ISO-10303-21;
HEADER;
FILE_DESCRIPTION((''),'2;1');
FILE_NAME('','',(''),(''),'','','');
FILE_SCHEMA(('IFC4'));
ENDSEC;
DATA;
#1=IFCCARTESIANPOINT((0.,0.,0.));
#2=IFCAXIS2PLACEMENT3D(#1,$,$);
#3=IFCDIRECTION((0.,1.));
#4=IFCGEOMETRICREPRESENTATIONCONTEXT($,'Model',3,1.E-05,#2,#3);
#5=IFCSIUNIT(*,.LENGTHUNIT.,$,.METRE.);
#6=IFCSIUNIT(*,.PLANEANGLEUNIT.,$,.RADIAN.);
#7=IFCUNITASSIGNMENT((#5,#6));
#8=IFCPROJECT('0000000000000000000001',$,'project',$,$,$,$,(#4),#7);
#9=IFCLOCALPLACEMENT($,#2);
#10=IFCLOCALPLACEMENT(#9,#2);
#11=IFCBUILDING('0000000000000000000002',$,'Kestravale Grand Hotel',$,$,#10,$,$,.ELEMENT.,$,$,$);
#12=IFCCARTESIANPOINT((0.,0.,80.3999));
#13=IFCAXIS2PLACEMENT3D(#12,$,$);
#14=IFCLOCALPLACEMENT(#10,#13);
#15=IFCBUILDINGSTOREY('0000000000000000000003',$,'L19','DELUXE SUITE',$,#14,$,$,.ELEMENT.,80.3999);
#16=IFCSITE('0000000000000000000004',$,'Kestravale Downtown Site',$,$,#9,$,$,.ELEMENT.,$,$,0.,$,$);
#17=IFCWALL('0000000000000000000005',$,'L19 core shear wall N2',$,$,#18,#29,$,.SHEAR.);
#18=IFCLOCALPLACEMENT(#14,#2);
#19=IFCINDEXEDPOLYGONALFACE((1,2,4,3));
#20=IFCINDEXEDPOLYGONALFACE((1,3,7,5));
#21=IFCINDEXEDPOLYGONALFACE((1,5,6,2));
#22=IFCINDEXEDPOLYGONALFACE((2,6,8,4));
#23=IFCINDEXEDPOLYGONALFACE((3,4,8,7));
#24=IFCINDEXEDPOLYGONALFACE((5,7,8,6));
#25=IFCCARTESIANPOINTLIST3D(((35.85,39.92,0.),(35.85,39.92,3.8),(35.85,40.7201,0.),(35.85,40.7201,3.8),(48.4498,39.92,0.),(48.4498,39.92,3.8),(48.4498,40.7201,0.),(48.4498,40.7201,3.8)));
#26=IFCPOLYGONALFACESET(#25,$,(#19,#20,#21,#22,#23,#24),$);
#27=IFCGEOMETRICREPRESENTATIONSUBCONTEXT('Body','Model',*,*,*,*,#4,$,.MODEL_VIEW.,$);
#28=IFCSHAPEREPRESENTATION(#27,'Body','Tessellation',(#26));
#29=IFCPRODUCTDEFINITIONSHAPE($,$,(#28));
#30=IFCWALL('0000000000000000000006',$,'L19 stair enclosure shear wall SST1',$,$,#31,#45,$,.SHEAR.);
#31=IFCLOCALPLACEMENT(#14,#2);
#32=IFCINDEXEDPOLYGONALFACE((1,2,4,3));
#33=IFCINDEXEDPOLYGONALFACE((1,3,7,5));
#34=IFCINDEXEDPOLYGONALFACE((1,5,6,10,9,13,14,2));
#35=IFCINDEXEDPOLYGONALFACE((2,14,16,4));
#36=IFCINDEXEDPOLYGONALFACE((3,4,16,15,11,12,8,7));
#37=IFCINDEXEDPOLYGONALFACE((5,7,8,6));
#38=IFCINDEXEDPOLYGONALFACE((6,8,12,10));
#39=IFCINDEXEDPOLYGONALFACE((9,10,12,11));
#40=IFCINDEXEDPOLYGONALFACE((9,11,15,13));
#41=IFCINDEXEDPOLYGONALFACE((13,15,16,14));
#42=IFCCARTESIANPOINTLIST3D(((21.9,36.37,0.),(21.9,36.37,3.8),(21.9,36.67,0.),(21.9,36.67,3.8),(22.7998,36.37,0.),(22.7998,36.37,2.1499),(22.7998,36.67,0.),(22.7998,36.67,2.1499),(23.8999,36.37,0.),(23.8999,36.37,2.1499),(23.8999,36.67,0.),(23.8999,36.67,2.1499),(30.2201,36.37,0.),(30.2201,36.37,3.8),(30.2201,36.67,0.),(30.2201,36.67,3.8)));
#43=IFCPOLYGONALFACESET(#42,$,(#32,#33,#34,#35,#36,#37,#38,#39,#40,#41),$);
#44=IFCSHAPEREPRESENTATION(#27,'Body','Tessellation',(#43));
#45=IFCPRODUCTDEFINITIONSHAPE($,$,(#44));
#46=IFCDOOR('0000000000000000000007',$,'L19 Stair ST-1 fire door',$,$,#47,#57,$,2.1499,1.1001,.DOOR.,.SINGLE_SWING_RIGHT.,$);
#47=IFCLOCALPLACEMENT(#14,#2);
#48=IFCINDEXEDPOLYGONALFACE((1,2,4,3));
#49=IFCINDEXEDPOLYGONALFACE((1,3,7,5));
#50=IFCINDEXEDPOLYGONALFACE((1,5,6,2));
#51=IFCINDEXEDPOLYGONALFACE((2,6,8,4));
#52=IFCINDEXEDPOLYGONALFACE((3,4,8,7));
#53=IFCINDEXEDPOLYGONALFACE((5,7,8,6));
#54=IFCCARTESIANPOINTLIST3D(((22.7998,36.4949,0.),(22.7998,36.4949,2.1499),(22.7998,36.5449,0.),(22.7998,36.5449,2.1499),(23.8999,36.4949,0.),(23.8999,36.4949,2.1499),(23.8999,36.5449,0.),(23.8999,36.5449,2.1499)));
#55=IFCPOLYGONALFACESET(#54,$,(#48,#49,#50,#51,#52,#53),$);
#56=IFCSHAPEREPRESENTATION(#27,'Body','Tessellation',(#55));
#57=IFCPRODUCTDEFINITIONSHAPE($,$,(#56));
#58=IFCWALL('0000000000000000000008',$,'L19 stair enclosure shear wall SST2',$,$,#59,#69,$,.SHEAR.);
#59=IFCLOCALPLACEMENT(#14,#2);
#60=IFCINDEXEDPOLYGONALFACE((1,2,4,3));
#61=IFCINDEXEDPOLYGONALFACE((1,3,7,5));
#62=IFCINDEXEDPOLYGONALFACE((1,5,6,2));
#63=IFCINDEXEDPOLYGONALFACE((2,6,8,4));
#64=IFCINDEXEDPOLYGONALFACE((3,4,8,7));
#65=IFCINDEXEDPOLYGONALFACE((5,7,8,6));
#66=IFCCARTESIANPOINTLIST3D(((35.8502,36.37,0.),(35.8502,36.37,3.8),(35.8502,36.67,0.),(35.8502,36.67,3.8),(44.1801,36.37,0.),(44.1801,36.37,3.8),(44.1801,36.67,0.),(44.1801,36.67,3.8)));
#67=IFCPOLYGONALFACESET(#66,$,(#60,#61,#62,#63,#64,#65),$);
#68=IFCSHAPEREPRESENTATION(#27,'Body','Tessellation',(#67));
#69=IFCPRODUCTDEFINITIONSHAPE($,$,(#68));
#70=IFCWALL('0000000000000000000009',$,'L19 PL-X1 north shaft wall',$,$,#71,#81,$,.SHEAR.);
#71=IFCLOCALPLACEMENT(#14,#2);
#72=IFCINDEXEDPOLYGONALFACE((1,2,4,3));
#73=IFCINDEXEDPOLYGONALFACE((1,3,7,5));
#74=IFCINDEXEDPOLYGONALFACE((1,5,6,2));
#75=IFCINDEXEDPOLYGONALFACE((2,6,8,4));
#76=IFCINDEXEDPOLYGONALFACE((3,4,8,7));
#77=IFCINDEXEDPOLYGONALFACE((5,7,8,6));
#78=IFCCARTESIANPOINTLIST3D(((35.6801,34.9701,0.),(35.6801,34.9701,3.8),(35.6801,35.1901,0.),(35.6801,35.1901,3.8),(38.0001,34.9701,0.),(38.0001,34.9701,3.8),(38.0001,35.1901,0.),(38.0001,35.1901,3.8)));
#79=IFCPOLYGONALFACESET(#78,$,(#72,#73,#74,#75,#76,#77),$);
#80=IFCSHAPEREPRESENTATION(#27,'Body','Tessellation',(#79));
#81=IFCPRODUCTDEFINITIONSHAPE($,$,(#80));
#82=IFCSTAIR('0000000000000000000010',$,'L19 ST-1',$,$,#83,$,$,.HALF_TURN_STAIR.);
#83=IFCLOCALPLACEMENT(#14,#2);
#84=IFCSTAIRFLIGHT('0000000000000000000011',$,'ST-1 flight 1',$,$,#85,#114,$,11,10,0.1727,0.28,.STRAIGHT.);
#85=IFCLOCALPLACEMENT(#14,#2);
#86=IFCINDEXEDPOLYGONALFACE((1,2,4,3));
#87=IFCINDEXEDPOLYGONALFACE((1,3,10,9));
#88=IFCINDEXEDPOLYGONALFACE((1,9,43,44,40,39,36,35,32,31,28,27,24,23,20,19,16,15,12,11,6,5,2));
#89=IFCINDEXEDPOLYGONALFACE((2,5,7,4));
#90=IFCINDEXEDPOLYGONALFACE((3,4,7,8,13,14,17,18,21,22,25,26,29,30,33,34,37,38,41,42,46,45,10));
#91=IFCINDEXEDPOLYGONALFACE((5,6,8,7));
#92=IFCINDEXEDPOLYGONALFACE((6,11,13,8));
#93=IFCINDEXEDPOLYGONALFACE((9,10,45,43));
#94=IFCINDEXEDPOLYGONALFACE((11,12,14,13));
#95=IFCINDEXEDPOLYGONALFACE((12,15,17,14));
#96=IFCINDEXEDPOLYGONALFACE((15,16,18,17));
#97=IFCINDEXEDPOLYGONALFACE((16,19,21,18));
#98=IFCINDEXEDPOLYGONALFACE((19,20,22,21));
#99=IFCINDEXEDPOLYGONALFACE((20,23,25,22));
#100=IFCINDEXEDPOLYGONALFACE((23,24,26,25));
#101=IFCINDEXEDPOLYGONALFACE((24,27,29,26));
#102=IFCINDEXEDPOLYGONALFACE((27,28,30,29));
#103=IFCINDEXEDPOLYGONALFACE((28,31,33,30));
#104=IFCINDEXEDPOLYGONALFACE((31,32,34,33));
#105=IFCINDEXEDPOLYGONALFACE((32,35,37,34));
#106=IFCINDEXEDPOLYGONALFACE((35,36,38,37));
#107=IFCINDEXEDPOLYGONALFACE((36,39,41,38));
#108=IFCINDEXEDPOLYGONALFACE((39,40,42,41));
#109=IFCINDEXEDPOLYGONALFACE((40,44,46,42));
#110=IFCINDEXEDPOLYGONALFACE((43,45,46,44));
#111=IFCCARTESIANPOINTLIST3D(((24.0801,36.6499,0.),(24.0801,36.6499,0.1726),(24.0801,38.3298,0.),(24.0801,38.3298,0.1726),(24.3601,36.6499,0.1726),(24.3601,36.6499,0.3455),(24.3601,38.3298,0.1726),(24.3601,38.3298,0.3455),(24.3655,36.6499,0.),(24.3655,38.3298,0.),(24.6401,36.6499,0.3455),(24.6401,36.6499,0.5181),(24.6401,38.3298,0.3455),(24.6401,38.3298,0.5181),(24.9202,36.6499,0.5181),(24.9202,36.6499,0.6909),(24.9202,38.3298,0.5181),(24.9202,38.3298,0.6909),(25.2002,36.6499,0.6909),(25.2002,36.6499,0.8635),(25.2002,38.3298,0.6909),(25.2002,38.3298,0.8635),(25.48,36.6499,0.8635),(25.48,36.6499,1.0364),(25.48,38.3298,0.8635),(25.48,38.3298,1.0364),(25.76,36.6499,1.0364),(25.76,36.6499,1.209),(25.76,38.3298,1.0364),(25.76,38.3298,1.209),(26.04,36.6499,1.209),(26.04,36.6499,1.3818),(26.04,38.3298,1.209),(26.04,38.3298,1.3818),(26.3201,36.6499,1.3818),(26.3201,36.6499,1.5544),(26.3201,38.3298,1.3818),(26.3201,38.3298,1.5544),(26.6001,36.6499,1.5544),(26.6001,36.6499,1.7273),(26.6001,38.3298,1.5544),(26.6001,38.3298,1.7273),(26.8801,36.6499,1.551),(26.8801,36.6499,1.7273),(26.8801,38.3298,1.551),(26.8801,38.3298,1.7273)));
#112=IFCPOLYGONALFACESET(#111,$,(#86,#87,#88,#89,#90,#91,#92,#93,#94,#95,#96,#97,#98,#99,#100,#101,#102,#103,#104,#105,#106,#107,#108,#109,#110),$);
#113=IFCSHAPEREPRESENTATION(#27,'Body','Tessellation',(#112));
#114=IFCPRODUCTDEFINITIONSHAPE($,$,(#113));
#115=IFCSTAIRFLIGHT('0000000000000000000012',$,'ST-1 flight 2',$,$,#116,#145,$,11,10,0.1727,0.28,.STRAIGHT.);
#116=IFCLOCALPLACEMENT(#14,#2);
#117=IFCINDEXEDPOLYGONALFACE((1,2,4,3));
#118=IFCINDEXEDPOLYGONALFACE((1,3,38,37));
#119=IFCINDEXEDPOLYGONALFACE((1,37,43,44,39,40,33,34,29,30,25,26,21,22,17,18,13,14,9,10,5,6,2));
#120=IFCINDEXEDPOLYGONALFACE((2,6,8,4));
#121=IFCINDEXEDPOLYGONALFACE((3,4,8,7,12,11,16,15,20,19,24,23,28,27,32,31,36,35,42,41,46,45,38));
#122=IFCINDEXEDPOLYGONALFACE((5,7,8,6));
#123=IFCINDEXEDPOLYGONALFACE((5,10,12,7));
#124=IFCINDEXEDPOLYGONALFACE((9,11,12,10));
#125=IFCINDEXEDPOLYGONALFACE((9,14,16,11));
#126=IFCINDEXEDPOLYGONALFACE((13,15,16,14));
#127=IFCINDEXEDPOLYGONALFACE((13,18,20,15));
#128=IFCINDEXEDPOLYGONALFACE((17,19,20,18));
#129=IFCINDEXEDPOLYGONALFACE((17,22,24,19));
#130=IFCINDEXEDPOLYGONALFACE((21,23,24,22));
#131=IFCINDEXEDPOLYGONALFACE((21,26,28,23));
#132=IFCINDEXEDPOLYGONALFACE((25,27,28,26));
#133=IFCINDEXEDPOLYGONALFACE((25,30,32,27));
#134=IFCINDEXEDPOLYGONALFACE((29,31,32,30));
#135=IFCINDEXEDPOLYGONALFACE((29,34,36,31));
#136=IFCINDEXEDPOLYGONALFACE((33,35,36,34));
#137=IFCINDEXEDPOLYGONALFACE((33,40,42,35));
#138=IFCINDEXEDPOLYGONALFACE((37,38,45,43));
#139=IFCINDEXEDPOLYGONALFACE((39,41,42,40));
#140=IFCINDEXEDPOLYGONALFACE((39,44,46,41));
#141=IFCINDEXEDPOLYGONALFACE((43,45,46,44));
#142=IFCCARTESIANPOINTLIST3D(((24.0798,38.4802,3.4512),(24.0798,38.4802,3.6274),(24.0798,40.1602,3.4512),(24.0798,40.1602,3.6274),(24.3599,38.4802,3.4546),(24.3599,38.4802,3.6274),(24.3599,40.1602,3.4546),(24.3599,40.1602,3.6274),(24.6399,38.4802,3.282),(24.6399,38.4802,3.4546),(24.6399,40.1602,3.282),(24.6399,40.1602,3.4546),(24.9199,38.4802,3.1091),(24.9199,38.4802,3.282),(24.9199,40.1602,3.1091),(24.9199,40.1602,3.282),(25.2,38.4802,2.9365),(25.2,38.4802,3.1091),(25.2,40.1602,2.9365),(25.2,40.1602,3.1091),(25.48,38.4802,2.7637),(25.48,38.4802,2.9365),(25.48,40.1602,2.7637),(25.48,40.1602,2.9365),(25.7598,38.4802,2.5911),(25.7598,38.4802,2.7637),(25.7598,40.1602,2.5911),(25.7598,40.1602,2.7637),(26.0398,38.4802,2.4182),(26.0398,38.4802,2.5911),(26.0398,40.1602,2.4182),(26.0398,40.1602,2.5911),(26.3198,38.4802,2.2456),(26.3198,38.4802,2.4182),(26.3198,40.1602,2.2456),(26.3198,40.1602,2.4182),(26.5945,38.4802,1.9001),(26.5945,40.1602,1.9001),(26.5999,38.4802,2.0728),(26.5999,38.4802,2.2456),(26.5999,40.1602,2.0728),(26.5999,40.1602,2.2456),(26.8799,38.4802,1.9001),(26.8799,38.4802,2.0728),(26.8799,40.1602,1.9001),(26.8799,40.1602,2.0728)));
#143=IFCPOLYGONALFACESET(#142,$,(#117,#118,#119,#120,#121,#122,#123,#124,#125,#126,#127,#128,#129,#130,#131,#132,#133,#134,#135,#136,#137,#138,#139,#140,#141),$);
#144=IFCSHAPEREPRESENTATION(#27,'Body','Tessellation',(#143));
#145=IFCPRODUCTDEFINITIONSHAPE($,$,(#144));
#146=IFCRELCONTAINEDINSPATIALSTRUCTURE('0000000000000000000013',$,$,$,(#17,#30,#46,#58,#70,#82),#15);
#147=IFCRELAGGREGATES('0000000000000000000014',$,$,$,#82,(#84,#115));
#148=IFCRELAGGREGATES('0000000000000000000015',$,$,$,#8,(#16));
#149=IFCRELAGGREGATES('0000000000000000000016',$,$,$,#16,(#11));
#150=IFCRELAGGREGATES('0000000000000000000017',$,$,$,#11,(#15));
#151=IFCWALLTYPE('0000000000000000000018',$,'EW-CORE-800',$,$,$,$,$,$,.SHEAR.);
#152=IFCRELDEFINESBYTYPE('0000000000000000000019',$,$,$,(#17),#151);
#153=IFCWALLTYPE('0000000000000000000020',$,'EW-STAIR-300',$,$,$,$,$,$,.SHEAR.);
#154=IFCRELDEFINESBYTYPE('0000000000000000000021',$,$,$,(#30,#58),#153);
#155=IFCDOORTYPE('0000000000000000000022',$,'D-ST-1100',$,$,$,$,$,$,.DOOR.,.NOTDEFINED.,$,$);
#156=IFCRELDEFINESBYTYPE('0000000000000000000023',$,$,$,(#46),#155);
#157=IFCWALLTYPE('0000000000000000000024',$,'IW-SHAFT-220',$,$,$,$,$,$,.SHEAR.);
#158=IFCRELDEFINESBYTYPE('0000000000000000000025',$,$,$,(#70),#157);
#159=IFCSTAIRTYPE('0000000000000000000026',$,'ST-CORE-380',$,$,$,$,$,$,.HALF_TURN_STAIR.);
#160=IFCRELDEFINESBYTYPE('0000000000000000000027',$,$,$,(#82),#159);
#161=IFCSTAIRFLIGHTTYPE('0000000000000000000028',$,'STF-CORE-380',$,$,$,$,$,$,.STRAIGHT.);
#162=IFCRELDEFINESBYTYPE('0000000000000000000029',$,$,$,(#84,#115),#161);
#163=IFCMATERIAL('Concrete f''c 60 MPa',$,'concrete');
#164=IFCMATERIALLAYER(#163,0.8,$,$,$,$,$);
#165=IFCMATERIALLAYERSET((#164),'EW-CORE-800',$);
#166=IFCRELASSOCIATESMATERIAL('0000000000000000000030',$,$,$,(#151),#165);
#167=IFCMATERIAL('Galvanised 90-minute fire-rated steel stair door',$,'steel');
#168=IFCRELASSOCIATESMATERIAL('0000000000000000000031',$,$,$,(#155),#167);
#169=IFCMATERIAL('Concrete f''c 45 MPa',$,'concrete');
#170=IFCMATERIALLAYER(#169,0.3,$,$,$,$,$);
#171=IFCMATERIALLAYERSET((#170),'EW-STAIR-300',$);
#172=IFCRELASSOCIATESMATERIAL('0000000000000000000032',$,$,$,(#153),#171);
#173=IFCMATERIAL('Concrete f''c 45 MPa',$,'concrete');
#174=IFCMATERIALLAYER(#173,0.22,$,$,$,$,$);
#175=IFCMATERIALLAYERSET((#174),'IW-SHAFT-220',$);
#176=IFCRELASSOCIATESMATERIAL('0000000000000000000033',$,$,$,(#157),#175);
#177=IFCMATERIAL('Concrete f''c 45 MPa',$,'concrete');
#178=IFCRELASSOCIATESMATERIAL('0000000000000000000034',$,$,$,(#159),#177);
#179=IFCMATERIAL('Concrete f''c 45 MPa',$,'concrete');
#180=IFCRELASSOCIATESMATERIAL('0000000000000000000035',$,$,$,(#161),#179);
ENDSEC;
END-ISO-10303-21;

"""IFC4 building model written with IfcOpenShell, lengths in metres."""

from ifc_helpers import new_model, si_unit, direction, frame, frame_2d, origin, place, context, subcontext, project, spatial, polyline, rectangle, outline, extrude, material, layer, layer_set, type_object, element, fill, aggregate, save


model = new_model("IFC4")

# Units and contexts
model_context = context("Model", 3, precision=1e-05, world=origin(), true_north=direction((0.0, 1.0)))
body_context = subcontext(model_context, "Body", "Model", "MODEL_VIEW")
ifc_project = project(units=[si_unit("LENGTHUNIT", "METRE"), si_unit("PLANEANGLEUNIT", "RADIAN")], contexts=[model_context])

# Site, building, storey
site_placement = place(None, origin())
site = spatial("IfcSite", under=ifc_project, at=site_placement, Name="Kestravale Downtown Site", CompositionType="ELEMENT", RefElevation=0.0)
building_placement = place(site_placement, origin())
building = spatial("IfcBuilding", under=site, at=building_placement, Name="Kestravale Grand Hotel", CompositionType="ELEMENT")
storey_placement = place(building_placement, frame((0.0, 0.0, 80.3999)))
storey = spatial("IfcBuildingStorey", under=building, at=storey_placement, Name="L19", Description="DELUXE SUITE", CompositionType="ELEMENT", Elevation=80.3999)

# Wall
ifc_material_1 = material(Name="Concrete f'c 60 MPa", Category="concrete")
ifc_layer_1 = layer(ifc_material_1, 0.8)
ifc_layer_set_1 = layer_set([ifc_layer_1], Name="EW-CORE-800")
wall_type_1 = type_object("IfcWallType", Name="EW-CORE-800", PredefinedType="SHEAR", material=ifc_layer_set_1)
wall_1_placement = place(storey_placement, frame((35.8501, 40.3201, 0.0), z_axis=(0.0, 0.0, 1.0), x_axis=(1.0, 0.0, 0.0)))
element("IfcWall", 1, at=wall_1_placement, inside=storey, type_object=wall_type_1, Name="L19 core shear wall N2", PredefinedType="SHEAR", context=body_context, shape_type="SweptSolid", body=[
    extrude(rectangle(XDim=12.5999, YDim=0.8, at=frame_2d((6.2998, 0.0))), origin(), (0.0, 0.0, 1.0), 3.8),
])

# Wall, opening, door
ifc_material_2 = material(Name="Galvanised 90-minute fire-rated steel stair door", Category="steel")
door_type_1 = type_object("IfcDoorType", Name="D-ST-1100", OperationType="NOTDEFINED", PredefinedType="DOOR", material=ifc_material_2)
ifc_material_3 = material(Name="Concrete f'c 45 MPa", Category="concrete")
ifc_layer_2 = layer(ifc_material_3, 0.3)
ifc_layer_set_2 = layer_set([ifc_layer_2], Name="EW-STAIR-300")
wall_type_2 = type_object("IfcWallType", Name="EW-STAIR-300", PredefinedType="SHEAR", material=ifc_layer_set_2)
wall_2_placement = place(storey_placement, frame((21.8999, 36.52, 0.0), z_axis=(0.0, 0.0, 1.0), x_axis=(1.0, 0.0, 0.0)))
wall_2 = element("IfcWall", 2, at=wall_2_placement, inside=storey, type_object=wall_type_2, Name="L19 stair enclosure shear wall SST1", PredefinedType="SHEAR", context=body_context, shape_type="SweptSolid", body=[
    extrude(rectangle(XDim=8.3201, YDim=0.3, at=frame_2d((4.1602, 0.0))), origin(), (0.0, 0.0, 1.0), 3.8),
])
opening_1_placement = place(wall_2_placement, frame((0.8999, 0.0, 0.0)))
opening_1 = element("IfcOpeningElement", 3, at=opening_1_placement, cuts=wall_2, PredefinedType="OPENING", context=body_context, shape_type="SweptSolid", body=[
    extrude(rectangle(XDim=1.1001, YDim=2.1499, at=frame_2d((0.55, 1.075))), frame((0.0, 0.1599, 0.0), z_axis=(0.0, -1.0, 0.0), x_axis=(1.0, 0.0, 0.0)), (0.0, 0.0, 1.0), 0.3201),
])
door_1_placement = place(opening_1_placement, origin())
door_1 = element("IfcDoor", 4, at=door_1_placement, inside=storey, type_object=door_type_1, Name="L19 Stair ST-1 fire door", OperationType="SINGLE_SWING_RIGHT", OverallHeight=2.1499, OverallWidth=1.1001, PredefinedType="DOOR", context=body_context, shape_type="SweptSolid", body=[
    extrude(rectangle(XDim=1.1001, YDim=2.1499, at=frame_2d((0.55, 1.075))), frame((0.0, 0.0249, 0.0), z_axis=(0.0, -1.0, 0.0), x_axis=(1.0, 0.0, 0.0)), (0.0, 0.0, 1.0), 0.05),
])
fill(opening_1, door_1)

# Wall
wall_3_placement = place(storey_placement, frame((35.8501, 36.52, 0.0), z_axis=(0.0, 0.0, 1.0), x_axis=(1.0, 0.0, 0.0)))
element("IfcWall", 5, at=wall_3_placement, inside=storey, type_object=wall_type_2, Name="L19 stair enclosure shear wall SST2", PredefinedType="SHEAR", context=body_context, shape_type="SweptSolid", body=[
    extrude(rectangle(XDim=8.3298, YDim=0.3, at=frame_2d((4.165, 0.0))), origin(), (0.0, 0.0, 1.0), 3.8),
])

# Wall
ifc_material_4 = material(Name="Concrete f'c 45 MPa", Category="concrete")
ifc_layer_3 = layer(ifc_material_4, 0.22)
ifc_layer_set_3 = layer_set([ifc_layer_3], Name="IW-SHAFT-220")
wall_type_3 = type_object("IfcWallType", Name="IW-SHAFT-220", PredefinedType="SHEAR", material=ifc_layer_set_3)
wall_4_placement = place(storey_placement, frame((35.6799, 35.0801, 0.0), z_axis=(0.0, 0.0, 1.0), x_axis=(1.0, 0.0, 0.0)))
element("IfcWall", 6, at=wall_4_placement, inside=storey, type_object=wall_type_3, Name="L19 PL-X1 north shaft wall", PredefinedType="SHEAR", context=body_context, shape_type="SweptSolid", body=[
    extrude(rectangle(XDim=2.3201, YDim=0.22, at=frame_2d((1.1602, 0.0))), origin(), (0.0, 0.0, 1.0), 3.8),
])

# Stair, stair flights
ifc_material_5 = material(Name="Concrete f'c 45 MPa", Category="concrete")
stair_type = type_object("IfcStairType", Name="ST-CORE-380", PredefinedType="HALF_TURN_STAIR", material=ifc_material_5)
stair_placement = place(storey_placement, origin())
stair = element("IfcStair", 7, at=stair_placement, inside=storey, type_object=stair_type, Name="L19 ST-1", PredefinedType="HALF_TURN_STAIR")
ifc_material_6 = material(Name="Concrete f'c 45 MPa", Category="concrete")
stair_flight_type = type_object("IfcStairFlightType", Name="STF-CORE-380", PredefinedType="STRAIGHT", material=ifc_material_6)
stair_flight_1_placement = place(storey_placement, frame((24.0801, 37.49, 0.0), z_axis=(0.0, 0.0, 1.0), x_axis=(1.0, 0.0, 0.0)))
stair_flight_1 = element("IfcStairFlight", 8, at=stair_flight_1_placement, type_object=stair_flight_type, Name="ST-1 flight 1", NumberOfRisers=11, NumberOfTreads=10, PredefinedType="STRAIGHT", RiserHeight=0.1727, TreadLength=0.28, context=body_context, shape_type="SweptSolid", body=[
    extrude(outline(polyline([(0.0, 0.0), (0.0, 0.1726), (0.28, 0.1726), (0.28, 0.3455), (0.5601, 0.3455), (0.5601, 0.5181), (0.8401, 0.5181), (0.8401, 0.6909), (1.1201, 0.6909), (1.1201, 0.8635), (1.3999, 0.8635), (1.3999, 1.0364), (1.6799, 1.0364), (1.6799, 1.209), (1.96, 1.209), (1.96, 1.3818), (2.24, 1.3818), (2.24, 1.5544), (2.52, 1.5544), (2.52, 1.7273), (2.8, 1.7273), (2.8, 1.8999), (2.8, 1.551), (0.2854, 0.0), (0.0, 0.0)])), frame((0.0, 0.8398, 0.0), z_axis=(0.0, -1.0, 0.0), x_axis=(1.0, 0.0, 0.0)), (0.0, 0.0, 1.0), 1.6799),
])
stair_flight_2_placement = place(storey_placement, frame((26.8799, 39.3201, 1.9001), z_axis=(0.0, 0.0, 1.0), x_axis=(-1.0, 0.0, 0.0)))
stair_flight_2 = element("IfcStairFlight", 9, at=stair_flight_2_placement, type_object=stair_flight_type, Name="ST-1 flight 2", NumberOfRisers=11, NumberOfTreads=10, PredefinedType="STRAIGHT", RiserHeight=0.1727, TreadLength=0.28, context=body_context, shape_type="SweptSolid", body=[
    extrude(outline(polyline([(0.0, 0.0), (0.0, 0.1726), (0.28, 0.1726), (0.28, 0.3455), (0.5601, 0.3455), (0.5601, 0.5181), (0.8401, 0.5181), (0.8401, 0.6909), (1.1201, 0.6909), (1.1201, 0.8635), (1.3999, 0.8635), (1.3999, 1.0364), (1.6799, 1.0364), (1.6799, 1.209), (1.96, 1.209), (1.96, 1.3818), (2.24, 1.3818), (2.24, 1.5544), (2.52, 1.5544), (2.52, 1.7273), (2.8, 1.7273), (2.8, 1.8999), (2.8, 1.551), (0.2854, 0.0), (0.0, 0.0)])), frame((0.0, 0.8398, 0.0), z_axis=(0.0, -1.0, 0.0), x_axis=(1.0, 0.0, 0.0)), (0.0, 0.0, 1.0), 1.6799),
])
aggregate(stair, [stair_flight_1, stair_flight_2])

save(model, "model.ifc")
